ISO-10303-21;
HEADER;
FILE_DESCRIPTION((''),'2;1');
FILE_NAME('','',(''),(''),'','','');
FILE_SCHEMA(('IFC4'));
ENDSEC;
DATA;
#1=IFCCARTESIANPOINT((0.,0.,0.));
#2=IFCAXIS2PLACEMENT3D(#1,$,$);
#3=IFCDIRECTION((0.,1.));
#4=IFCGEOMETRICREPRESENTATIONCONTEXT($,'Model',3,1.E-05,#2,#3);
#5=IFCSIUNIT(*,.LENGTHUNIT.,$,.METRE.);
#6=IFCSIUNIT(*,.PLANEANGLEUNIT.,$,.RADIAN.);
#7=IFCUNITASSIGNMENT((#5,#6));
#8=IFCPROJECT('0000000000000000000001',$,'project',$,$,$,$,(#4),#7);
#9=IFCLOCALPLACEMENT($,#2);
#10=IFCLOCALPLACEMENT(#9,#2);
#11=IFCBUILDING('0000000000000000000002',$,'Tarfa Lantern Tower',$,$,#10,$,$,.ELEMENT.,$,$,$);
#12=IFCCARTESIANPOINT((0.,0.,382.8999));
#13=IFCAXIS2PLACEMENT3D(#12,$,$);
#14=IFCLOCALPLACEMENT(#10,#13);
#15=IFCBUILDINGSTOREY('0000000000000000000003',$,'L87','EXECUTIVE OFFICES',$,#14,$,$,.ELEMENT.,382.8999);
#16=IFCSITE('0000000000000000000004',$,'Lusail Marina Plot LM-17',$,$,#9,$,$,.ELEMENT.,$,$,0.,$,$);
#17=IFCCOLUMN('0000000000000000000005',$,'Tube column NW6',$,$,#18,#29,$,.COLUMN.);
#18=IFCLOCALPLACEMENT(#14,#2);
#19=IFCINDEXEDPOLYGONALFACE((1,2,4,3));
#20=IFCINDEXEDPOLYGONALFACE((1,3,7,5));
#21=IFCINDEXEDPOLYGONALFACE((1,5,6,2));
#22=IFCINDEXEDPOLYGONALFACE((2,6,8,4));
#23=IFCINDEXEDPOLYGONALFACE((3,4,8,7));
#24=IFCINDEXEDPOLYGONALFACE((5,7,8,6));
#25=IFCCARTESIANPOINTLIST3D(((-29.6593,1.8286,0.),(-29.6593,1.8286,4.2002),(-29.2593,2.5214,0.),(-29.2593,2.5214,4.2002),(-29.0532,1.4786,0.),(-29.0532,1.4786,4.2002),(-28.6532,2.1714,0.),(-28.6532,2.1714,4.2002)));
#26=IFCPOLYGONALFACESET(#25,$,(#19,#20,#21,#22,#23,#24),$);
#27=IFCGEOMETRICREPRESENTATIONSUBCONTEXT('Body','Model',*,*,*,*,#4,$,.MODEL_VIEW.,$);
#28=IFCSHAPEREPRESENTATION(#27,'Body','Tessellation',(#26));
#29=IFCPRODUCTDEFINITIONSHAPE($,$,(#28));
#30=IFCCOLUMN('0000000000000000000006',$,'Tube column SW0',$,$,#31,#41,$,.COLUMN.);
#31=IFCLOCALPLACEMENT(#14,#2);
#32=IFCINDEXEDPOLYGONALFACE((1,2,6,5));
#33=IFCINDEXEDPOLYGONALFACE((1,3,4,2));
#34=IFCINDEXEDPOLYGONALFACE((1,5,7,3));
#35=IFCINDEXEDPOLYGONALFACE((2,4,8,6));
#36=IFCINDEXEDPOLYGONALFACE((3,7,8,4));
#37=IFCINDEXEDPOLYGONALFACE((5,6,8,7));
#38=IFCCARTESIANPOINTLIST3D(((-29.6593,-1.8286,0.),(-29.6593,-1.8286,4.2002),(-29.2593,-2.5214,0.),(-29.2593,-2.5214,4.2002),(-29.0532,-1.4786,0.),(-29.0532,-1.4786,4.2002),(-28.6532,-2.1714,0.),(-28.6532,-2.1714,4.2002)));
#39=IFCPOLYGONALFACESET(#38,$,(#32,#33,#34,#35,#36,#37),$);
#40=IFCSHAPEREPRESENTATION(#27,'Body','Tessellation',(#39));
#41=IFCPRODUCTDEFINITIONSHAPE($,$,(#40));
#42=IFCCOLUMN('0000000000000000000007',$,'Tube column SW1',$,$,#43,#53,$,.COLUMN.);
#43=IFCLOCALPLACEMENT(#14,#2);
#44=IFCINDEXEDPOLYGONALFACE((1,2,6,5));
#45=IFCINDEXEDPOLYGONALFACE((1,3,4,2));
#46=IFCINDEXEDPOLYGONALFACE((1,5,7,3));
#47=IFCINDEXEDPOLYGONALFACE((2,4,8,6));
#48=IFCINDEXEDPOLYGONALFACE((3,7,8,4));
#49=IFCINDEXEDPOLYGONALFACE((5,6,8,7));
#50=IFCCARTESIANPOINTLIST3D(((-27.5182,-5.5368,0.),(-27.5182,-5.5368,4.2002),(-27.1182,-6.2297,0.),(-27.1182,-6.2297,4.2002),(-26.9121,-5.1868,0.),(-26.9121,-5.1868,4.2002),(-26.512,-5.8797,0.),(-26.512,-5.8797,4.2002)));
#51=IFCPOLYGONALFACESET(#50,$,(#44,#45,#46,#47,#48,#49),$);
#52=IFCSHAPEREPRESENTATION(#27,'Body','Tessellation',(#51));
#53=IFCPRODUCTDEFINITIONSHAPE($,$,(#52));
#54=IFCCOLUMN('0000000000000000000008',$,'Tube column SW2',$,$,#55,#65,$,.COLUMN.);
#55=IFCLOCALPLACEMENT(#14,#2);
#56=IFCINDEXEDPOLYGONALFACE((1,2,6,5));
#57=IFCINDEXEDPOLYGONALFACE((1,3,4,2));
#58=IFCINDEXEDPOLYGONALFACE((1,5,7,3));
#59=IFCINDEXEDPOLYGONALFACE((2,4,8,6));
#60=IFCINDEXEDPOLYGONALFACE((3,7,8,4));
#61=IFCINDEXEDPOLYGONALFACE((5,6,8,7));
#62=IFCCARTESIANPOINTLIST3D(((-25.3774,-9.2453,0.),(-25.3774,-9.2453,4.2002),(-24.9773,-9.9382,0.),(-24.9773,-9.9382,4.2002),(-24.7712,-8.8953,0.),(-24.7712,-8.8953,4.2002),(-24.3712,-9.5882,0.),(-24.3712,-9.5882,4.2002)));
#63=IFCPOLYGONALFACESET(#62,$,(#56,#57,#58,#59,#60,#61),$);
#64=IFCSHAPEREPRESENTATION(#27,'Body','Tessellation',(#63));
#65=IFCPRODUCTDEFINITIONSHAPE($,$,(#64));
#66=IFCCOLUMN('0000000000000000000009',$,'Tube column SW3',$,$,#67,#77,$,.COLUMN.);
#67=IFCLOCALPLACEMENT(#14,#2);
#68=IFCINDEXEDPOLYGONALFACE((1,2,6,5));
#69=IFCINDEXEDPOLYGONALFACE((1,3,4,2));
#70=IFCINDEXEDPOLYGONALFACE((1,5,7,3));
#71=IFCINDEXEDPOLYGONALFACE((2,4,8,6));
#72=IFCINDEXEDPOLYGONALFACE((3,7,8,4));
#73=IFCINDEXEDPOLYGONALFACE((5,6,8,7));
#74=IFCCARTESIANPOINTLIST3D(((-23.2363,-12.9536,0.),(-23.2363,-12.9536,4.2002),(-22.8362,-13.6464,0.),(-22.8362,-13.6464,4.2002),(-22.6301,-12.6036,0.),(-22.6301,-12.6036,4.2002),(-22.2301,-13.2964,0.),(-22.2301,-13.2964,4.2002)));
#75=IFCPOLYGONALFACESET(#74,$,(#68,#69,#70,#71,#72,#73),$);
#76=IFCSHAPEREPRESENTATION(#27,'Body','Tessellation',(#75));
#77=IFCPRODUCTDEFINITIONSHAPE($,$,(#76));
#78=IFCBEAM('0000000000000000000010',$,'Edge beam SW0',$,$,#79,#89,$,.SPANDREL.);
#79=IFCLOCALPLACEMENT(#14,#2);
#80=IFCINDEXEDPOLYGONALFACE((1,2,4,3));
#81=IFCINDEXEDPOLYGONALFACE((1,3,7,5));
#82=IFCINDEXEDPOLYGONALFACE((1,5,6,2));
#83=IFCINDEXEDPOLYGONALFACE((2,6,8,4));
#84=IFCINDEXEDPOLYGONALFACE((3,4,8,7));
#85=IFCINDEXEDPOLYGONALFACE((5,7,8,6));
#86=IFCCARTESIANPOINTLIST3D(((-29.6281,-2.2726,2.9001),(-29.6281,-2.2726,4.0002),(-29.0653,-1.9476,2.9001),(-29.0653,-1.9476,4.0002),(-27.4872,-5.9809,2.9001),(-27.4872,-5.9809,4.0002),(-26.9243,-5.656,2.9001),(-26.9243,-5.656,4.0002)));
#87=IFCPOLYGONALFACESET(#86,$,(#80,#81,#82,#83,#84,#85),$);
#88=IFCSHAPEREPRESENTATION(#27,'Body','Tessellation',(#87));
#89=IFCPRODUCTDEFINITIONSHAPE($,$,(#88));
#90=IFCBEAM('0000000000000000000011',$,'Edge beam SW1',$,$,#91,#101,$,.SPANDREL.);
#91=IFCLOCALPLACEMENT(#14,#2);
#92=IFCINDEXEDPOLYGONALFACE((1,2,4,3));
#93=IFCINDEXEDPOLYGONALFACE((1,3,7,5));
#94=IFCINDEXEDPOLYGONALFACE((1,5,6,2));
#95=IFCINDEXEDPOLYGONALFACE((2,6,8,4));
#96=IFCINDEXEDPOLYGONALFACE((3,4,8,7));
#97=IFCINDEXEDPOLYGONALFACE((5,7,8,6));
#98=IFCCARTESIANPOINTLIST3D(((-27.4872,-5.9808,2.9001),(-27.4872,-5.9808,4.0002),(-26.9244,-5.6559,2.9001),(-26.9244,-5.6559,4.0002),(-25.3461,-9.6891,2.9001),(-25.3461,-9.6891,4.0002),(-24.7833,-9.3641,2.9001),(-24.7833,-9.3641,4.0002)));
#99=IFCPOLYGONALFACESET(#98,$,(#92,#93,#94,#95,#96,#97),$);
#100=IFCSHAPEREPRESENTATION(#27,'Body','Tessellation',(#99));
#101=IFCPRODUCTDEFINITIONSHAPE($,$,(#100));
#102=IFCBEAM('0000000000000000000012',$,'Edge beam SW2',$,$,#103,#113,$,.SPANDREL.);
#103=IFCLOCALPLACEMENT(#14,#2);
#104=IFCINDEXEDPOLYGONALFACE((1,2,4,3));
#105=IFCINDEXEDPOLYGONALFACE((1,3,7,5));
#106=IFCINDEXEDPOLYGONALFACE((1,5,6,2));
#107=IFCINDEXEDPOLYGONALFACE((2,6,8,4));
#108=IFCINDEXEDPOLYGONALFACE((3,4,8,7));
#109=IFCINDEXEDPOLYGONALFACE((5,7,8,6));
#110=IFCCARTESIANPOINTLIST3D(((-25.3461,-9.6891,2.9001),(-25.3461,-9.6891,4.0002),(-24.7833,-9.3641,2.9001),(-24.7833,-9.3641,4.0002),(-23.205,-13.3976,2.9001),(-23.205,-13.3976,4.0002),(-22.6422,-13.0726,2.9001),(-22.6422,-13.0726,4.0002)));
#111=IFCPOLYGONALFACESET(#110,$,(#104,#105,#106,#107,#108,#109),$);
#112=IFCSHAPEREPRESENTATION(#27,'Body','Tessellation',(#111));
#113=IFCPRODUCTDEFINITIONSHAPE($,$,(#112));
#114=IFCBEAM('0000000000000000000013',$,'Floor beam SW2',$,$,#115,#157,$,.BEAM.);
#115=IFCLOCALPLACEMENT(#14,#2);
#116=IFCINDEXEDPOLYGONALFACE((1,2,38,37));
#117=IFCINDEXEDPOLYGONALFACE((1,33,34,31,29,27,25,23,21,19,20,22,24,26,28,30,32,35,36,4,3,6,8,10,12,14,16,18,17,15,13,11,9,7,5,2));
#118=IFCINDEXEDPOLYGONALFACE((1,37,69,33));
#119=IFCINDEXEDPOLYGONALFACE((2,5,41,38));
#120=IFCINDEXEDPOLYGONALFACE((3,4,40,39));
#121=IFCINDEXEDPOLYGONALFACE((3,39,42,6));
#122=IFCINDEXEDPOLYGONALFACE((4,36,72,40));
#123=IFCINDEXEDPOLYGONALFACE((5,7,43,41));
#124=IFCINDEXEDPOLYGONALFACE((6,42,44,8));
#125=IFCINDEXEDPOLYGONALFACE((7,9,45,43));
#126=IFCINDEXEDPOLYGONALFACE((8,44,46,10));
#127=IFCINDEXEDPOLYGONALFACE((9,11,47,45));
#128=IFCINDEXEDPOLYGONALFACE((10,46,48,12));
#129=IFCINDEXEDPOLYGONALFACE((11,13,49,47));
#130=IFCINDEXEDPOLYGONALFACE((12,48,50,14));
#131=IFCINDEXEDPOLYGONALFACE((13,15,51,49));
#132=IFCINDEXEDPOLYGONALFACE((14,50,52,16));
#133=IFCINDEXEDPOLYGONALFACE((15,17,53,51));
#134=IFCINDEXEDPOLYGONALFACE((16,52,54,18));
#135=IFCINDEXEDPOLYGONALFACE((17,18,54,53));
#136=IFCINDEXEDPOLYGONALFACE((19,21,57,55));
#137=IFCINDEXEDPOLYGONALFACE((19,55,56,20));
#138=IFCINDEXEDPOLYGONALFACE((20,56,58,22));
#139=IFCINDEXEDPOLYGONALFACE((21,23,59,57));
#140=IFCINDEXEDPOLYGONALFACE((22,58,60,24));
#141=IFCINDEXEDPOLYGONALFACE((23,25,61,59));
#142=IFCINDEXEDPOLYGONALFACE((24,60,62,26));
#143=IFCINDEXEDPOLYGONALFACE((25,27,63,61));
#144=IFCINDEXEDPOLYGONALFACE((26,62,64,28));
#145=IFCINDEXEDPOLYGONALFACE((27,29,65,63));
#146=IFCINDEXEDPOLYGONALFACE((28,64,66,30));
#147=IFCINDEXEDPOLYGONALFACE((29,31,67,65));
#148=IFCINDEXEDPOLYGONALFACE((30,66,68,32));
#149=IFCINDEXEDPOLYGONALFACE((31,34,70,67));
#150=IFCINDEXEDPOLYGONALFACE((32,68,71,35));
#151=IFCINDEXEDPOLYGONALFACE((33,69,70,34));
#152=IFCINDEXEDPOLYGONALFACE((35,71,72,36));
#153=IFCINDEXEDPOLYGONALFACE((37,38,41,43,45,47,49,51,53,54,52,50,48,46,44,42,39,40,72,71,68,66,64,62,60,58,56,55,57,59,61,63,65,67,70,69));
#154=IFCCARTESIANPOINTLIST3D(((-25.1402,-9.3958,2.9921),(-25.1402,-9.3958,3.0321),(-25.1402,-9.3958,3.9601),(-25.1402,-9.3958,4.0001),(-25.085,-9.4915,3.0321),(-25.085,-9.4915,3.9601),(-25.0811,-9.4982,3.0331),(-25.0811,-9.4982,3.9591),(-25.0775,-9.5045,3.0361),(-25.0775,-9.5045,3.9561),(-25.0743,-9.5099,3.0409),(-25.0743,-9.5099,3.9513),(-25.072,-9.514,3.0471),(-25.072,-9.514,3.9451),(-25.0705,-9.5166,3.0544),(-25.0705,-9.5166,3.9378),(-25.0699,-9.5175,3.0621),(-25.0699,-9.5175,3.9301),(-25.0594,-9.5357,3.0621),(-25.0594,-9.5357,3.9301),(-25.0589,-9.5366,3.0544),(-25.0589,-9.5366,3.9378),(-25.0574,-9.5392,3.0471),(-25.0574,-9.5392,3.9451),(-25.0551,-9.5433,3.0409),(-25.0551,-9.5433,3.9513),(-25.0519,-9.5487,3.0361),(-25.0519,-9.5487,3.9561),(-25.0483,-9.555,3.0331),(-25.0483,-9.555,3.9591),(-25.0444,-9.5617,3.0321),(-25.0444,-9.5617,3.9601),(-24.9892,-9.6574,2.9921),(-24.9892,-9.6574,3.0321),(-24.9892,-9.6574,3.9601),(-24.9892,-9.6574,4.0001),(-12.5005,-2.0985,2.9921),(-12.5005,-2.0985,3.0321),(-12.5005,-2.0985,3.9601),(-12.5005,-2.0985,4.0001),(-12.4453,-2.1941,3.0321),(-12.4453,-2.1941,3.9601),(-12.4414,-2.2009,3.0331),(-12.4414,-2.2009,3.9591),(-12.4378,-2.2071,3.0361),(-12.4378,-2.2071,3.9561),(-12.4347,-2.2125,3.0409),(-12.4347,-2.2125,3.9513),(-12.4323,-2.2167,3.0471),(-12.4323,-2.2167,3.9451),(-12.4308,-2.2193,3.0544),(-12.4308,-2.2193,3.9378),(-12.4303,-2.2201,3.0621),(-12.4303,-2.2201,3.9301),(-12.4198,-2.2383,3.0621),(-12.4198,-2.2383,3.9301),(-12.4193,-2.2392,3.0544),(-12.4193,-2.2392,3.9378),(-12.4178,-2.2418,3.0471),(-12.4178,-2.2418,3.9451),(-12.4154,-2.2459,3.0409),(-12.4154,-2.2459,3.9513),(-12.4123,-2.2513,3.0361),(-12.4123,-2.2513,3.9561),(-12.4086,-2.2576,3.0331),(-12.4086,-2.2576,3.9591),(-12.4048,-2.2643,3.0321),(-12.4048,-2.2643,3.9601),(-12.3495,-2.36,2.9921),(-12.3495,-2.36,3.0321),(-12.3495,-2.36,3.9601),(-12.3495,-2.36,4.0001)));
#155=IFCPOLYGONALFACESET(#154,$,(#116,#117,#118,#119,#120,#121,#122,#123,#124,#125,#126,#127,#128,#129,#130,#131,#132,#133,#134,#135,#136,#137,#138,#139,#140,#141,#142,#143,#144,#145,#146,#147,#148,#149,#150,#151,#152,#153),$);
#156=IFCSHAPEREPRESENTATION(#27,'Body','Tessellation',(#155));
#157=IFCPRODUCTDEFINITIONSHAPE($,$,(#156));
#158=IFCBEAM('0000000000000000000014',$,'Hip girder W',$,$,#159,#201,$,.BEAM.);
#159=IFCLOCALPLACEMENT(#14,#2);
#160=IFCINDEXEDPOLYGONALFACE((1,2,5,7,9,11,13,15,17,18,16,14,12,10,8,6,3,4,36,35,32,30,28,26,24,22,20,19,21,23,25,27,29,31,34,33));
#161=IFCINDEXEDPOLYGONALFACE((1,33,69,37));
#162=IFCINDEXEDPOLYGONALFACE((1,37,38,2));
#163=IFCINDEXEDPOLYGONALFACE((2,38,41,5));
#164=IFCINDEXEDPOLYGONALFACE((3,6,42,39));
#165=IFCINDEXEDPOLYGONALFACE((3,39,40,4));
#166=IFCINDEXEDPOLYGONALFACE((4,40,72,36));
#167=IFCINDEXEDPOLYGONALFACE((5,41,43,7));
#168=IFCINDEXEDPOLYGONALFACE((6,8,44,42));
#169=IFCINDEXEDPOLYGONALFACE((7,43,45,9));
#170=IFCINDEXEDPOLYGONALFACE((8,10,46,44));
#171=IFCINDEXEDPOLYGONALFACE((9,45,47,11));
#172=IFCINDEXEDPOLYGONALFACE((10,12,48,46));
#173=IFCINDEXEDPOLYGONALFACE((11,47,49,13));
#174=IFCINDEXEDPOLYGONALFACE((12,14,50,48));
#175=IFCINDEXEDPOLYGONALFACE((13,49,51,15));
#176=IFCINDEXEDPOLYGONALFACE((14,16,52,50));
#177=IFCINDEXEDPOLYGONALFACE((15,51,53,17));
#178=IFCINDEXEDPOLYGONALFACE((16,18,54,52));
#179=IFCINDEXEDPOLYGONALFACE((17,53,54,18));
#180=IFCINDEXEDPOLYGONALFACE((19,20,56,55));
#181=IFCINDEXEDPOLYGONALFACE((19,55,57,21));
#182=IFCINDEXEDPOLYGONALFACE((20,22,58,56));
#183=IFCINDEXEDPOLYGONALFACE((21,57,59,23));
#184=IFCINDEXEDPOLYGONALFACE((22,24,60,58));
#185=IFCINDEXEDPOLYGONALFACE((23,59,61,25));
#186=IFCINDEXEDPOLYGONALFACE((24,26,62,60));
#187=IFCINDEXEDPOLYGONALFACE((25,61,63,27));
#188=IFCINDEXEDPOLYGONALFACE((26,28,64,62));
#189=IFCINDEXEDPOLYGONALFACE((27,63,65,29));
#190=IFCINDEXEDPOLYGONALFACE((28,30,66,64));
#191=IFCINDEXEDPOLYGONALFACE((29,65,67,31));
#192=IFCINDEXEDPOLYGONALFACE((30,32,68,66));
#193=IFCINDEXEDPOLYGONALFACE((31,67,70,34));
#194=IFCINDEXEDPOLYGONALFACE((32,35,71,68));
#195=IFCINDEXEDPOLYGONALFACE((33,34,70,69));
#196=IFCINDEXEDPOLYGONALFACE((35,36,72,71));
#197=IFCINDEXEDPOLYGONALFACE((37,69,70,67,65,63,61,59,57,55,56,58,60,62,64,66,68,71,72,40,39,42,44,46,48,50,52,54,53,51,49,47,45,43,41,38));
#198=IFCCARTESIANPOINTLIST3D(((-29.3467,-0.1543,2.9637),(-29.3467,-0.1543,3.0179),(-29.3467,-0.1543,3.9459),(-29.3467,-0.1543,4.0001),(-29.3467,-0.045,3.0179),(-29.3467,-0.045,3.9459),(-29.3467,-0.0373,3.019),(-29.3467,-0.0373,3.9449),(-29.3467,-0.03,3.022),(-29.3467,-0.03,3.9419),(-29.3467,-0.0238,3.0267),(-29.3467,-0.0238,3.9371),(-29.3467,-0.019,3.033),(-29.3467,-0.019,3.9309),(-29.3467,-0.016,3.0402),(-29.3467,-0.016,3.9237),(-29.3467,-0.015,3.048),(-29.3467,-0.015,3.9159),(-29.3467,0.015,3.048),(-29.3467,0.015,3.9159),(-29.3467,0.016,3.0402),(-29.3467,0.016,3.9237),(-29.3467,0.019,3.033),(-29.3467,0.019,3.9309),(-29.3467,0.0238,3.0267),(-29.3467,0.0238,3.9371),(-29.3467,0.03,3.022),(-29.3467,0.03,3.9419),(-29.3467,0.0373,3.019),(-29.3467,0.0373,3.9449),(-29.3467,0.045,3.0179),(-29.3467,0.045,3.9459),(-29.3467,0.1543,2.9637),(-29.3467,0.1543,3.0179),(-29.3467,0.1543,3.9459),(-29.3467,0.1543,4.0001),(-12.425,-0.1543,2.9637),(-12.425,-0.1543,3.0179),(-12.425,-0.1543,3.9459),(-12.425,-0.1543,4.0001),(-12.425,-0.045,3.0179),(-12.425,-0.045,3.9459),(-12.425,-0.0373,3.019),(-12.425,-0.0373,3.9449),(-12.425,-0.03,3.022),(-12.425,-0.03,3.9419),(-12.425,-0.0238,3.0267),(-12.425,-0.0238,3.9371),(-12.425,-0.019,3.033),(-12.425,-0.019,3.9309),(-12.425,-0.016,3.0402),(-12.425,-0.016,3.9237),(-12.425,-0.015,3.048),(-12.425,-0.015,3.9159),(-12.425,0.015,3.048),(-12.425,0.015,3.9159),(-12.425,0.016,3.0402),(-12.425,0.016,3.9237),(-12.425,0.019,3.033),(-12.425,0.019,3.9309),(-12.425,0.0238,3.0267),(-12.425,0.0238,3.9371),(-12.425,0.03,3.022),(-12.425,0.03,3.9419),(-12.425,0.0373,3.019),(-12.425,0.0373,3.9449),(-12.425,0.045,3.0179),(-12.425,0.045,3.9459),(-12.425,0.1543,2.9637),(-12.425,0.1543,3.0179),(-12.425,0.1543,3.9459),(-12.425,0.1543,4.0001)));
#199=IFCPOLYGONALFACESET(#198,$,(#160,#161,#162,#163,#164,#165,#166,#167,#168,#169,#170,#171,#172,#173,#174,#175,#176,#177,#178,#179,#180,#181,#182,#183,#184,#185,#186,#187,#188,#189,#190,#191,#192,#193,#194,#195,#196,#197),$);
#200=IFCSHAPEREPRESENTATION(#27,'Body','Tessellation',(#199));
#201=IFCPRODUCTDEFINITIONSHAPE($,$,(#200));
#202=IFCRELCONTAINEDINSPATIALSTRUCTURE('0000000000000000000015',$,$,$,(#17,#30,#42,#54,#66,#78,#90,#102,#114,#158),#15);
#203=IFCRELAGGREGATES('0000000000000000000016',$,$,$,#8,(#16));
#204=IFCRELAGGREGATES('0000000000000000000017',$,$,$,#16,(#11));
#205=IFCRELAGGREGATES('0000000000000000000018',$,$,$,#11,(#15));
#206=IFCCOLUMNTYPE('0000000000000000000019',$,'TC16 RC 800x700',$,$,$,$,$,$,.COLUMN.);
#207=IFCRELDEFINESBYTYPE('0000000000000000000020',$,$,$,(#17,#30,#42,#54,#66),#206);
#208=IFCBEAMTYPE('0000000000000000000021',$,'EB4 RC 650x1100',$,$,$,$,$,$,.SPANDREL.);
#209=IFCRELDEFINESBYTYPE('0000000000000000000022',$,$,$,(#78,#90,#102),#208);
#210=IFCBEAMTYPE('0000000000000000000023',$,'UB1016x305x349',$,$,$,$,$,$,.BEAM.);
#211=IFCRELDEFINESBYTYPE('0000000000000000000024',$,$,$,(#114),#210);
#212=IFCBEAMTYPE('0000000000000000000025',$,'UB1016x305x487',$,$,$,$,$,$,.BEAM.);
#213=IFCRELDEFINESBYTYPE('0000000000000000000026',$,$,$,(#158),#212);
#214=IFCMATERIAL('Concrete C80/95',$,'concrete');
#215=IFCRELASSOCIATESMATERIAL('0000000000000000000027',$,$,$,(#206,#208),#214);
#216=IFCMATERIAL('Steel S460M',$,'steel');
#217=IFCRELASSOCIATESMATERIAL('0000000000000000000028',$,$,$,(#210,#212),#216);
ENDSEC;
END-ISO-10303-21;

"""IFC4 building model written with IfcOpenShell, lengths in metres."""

from ifc_helpers import new_model, si_unit, direction, frame, origin, origin_2d, place, context, subcontext, project, spatial, rectangle, i_section, extrude, material, material_profile, profile_set, type_object, element, save


model = new_model("IFC4")

# Units and contexts
model_context = context("Model", 3, precision=1e-05, world=origin(), true_north=direction((0.0, 1.0)))
body_context = subcontext(model_context, "Body", "Model", "MODEL_VIEW")
ifc_project = project(units=[si_unit("LENGTHUNIT", "METRE"), si_unit("PLANEANGLEUNIT", "RADIAN")], contexts=[model_context])

# Site, building, storey
site_placement = place(None, origin())
site = spatial("IfcSite", under=ifc_project, at=site_placement, Name="Lusail Marina Plot LM-17", CompositionType="ELEMENT", RefElevation=0.0)
building_placement = place(site_placement, origin())
building = spatial("IfcBuilding", under=site, at=building_placement, Name="Tarfa Lantern Tower", CompositionType="ELEMENT")
storey_placement = place(building_placement, frame((0.0, 0.0, 382.8999)))
storey = spatial("IfcBuildingStorey", under=building, at=storey_placement, Name="L87", Description="EXECUTIVE OFFICES", CompositionType="ELEMENT", Elevation=382.8999)

# Columns
ifc_material_1 = material(Name="Concrete C80/95", Category="concrete")
ifc_material_profile_1 = material_profile(ifc_material_1, rectangle(XDim=0.8, YDim=0.7, at=origin_2d()), Name="RC 800x700")
ifc_profile_set_1 = profile_set([ifc_material_profile_1], Name="Concrete C80/95")
column_type = type_object("IfcColumnType", Name="TC16 RC 800x700", PredefinedType="COLUMN", material=ifc_profile_set_1)
for number, where, z_axis, x_axis, name in (
    (1, (-29.1562, 2.0, 0.0), (0.0, 0.0, 1.0), (-0.5, -0.866025, 0.0), "Tube column NW6"),
    (2, (-29.1562, -2.0, 0.0), (0.0, 0.0, 1.0), (0.5, -0.866025, 0.0), "Tube column SW0"),
    (3, (-27.0151, -5.7083, 0.0), (0.0, 0.0, 1.0), (0.5, -0.866025, 0.0), "Tube column SW1"),
    (4, (-24.8743, -9.4167, 0.0), (0.0, 0.0, 1.0), (0.5, -0.866025, 0.0), "Tube column SW2"),
    (5, (-22.7332, -13.125, 0.0), (0.0, 0.0, 1.0), (0.5, -0.866025, 0.0), "Tube column SW3"),
):
    element("IfcColumn", number, at=place(storey_placement, frame(where, z_axis=z_axis, x_axis=x_axis)), inside=storey, type_object=column_type, Name=name, PredefinedType="COLUMN", context=body_context, shape_type="SweptSolid", body=[
        extrude(rectangle(XDim=0.8, YDim=0.7, at=origin_2d()), origin(), (0.0, 0.0, 1.0), 4.2002),
    ])

# Beams
ifc_material_profile_2 = material_profile(ifc_material_1, rectangle(XDim=0.6499, YDim=1.1001, at=origin_2d()), Name="RC 650x1100")
ifc_profile_set_2 = profile_set([ifc_material_profile_2], Name="Concrete C80/95")
beam_type_1 = type_object("IfcBeamType", Name="EB4 RC 650x1100", PredefinedType="SPANDREL", material=ifc_profile_set_2)
for number, where, z_axis, x_axis, name in (
    (6, (-29.3467, -2.1101, 3.4502), (0.499984, -0.866035, 0.0), (0.866035, 0.499984, 0.0), "Edge beam SW0"),
    (7, (-27.2058, -5.8184, 3.4502), (0.500027, -0.86601, 0.0), (0.86601, 0.500027, 0.0), "Edge beam SW1"),
):
    element("IfcBeam", number, at=place(storey_placement, frame(where, z_axis=z_axis, x_axis=x_axis)), inside=storey, type_object=beam_type_1, Name=name, PredefinedType="SPANDREL", context=body_context, shape_type="SweptSolid", body=[
        extrude(rectangle(XDim=0.6499, YDim=1.1001, at=origin_2d()), origin(), (0.0, 0.0, 1.0), 4.282),
    ])
beam_1_placement = place(storey_placement, frame((-25.0647, -9.5266, 3.4502), z_axis=(0.500002, -0.866024, 0.0), x_axis=(0.866024, 0.500002, 0.0)))
element("IfcBeam", 8, at=beam_1_placement, inside=storey, type_object=beam_type_1, Name="Edge beam SW2", PredefinedType="SPANDREL", context=body_context, shape_type="SweptSolid", body=[
    extrude(rectangle(XDim=0.6499, YDim=1.1001, at=origin_2d()), origin(), (0.0, 0.0, 1.0), 4.2822),
])
ifc_material_2 = material(Name="Steel S460M", Category="steel")
ifc_material_profile_3 = material_profile(ifc_material_2, i_section(OverallWidth=0.302, OverallDepth=1.0081, WebThickness=0.021, FlangeThickness=0.04, FilletRadius=0.03, at=origin_2d()), Name="UB1016x305x349")
ifc_profile_set_3 = profile_set([ifc_material_profile_3], Name="Steel S460M")
beam_type_2 = type_object("IfcBeamType", Name="UB1016x305x349", PredefinedType="BEAM", material=ifc_profile_set_3)
beam_2_placement = place(storey_placement, frame((-25.0647, -9.5266, 3.4961), z_axis=(0.86603, 0.499993, 0.0), x_axis=(-0.499993, 0.86603, 0.0)))
element("IfcBeam", 9, at=beam_2_placement, inside=storey, type_object=beam_type_2, Name="Floor beam SW2", PredefinedType="BEAM", context=body_context, shape_type="SweptSolid", body=[
    extrude(i_section(OverallWidth=0.302, OverallDepth=1.0081, WebThickness=0.021, FlangeThickness=0.04, FilletRadius=0.03, at=origin_2d()), origin(), (0.0, 0.0, 1.0), 14.595),
])
ifc_material_profile_4 = material_profile(ifc_material_2, i_section(OverallWidth=0.3086, OverallDepth=1.0364, WebThickness=0.03, FlangeThickness=0.0542, FilletRadius=0.03, at=origin_2d()), Name="UB1016x305x487")
ifc_profile_set_4 = profile_set([ifc_material_profile_4], Name="Steel S460M")
beam_type_3 = type_object("IfcBeamType", Name="UB1016x305x487", PredefinedType="BEAM", material=ifc_profile_set_4)
beam_3_placement = place(storey_placement, frame((-12.425, 0.0, 3.4819), z_axis=(-1.0, 0.0, 0.0), x_axis=(0.0, -1.0, 0.0)))
element("IfcBeam", 10, at=beam_3_placement, inside=storey, type_object=beam_type_3, Name="Hip girder W", PredefinedType="BEAM", context=body_context, shape_type="SweptSolid", body=[
    extrude(i_section(OverallWidth=0.3086, OverallDepth=1.0364, WebThickness=0.03, FlangeThickness=0.0542, FilletRadius=0.03, at=origin_2d()), origin(), (0.0, 0.0, 1.0), 16.9216),
])

save(model, "model.ifc")
